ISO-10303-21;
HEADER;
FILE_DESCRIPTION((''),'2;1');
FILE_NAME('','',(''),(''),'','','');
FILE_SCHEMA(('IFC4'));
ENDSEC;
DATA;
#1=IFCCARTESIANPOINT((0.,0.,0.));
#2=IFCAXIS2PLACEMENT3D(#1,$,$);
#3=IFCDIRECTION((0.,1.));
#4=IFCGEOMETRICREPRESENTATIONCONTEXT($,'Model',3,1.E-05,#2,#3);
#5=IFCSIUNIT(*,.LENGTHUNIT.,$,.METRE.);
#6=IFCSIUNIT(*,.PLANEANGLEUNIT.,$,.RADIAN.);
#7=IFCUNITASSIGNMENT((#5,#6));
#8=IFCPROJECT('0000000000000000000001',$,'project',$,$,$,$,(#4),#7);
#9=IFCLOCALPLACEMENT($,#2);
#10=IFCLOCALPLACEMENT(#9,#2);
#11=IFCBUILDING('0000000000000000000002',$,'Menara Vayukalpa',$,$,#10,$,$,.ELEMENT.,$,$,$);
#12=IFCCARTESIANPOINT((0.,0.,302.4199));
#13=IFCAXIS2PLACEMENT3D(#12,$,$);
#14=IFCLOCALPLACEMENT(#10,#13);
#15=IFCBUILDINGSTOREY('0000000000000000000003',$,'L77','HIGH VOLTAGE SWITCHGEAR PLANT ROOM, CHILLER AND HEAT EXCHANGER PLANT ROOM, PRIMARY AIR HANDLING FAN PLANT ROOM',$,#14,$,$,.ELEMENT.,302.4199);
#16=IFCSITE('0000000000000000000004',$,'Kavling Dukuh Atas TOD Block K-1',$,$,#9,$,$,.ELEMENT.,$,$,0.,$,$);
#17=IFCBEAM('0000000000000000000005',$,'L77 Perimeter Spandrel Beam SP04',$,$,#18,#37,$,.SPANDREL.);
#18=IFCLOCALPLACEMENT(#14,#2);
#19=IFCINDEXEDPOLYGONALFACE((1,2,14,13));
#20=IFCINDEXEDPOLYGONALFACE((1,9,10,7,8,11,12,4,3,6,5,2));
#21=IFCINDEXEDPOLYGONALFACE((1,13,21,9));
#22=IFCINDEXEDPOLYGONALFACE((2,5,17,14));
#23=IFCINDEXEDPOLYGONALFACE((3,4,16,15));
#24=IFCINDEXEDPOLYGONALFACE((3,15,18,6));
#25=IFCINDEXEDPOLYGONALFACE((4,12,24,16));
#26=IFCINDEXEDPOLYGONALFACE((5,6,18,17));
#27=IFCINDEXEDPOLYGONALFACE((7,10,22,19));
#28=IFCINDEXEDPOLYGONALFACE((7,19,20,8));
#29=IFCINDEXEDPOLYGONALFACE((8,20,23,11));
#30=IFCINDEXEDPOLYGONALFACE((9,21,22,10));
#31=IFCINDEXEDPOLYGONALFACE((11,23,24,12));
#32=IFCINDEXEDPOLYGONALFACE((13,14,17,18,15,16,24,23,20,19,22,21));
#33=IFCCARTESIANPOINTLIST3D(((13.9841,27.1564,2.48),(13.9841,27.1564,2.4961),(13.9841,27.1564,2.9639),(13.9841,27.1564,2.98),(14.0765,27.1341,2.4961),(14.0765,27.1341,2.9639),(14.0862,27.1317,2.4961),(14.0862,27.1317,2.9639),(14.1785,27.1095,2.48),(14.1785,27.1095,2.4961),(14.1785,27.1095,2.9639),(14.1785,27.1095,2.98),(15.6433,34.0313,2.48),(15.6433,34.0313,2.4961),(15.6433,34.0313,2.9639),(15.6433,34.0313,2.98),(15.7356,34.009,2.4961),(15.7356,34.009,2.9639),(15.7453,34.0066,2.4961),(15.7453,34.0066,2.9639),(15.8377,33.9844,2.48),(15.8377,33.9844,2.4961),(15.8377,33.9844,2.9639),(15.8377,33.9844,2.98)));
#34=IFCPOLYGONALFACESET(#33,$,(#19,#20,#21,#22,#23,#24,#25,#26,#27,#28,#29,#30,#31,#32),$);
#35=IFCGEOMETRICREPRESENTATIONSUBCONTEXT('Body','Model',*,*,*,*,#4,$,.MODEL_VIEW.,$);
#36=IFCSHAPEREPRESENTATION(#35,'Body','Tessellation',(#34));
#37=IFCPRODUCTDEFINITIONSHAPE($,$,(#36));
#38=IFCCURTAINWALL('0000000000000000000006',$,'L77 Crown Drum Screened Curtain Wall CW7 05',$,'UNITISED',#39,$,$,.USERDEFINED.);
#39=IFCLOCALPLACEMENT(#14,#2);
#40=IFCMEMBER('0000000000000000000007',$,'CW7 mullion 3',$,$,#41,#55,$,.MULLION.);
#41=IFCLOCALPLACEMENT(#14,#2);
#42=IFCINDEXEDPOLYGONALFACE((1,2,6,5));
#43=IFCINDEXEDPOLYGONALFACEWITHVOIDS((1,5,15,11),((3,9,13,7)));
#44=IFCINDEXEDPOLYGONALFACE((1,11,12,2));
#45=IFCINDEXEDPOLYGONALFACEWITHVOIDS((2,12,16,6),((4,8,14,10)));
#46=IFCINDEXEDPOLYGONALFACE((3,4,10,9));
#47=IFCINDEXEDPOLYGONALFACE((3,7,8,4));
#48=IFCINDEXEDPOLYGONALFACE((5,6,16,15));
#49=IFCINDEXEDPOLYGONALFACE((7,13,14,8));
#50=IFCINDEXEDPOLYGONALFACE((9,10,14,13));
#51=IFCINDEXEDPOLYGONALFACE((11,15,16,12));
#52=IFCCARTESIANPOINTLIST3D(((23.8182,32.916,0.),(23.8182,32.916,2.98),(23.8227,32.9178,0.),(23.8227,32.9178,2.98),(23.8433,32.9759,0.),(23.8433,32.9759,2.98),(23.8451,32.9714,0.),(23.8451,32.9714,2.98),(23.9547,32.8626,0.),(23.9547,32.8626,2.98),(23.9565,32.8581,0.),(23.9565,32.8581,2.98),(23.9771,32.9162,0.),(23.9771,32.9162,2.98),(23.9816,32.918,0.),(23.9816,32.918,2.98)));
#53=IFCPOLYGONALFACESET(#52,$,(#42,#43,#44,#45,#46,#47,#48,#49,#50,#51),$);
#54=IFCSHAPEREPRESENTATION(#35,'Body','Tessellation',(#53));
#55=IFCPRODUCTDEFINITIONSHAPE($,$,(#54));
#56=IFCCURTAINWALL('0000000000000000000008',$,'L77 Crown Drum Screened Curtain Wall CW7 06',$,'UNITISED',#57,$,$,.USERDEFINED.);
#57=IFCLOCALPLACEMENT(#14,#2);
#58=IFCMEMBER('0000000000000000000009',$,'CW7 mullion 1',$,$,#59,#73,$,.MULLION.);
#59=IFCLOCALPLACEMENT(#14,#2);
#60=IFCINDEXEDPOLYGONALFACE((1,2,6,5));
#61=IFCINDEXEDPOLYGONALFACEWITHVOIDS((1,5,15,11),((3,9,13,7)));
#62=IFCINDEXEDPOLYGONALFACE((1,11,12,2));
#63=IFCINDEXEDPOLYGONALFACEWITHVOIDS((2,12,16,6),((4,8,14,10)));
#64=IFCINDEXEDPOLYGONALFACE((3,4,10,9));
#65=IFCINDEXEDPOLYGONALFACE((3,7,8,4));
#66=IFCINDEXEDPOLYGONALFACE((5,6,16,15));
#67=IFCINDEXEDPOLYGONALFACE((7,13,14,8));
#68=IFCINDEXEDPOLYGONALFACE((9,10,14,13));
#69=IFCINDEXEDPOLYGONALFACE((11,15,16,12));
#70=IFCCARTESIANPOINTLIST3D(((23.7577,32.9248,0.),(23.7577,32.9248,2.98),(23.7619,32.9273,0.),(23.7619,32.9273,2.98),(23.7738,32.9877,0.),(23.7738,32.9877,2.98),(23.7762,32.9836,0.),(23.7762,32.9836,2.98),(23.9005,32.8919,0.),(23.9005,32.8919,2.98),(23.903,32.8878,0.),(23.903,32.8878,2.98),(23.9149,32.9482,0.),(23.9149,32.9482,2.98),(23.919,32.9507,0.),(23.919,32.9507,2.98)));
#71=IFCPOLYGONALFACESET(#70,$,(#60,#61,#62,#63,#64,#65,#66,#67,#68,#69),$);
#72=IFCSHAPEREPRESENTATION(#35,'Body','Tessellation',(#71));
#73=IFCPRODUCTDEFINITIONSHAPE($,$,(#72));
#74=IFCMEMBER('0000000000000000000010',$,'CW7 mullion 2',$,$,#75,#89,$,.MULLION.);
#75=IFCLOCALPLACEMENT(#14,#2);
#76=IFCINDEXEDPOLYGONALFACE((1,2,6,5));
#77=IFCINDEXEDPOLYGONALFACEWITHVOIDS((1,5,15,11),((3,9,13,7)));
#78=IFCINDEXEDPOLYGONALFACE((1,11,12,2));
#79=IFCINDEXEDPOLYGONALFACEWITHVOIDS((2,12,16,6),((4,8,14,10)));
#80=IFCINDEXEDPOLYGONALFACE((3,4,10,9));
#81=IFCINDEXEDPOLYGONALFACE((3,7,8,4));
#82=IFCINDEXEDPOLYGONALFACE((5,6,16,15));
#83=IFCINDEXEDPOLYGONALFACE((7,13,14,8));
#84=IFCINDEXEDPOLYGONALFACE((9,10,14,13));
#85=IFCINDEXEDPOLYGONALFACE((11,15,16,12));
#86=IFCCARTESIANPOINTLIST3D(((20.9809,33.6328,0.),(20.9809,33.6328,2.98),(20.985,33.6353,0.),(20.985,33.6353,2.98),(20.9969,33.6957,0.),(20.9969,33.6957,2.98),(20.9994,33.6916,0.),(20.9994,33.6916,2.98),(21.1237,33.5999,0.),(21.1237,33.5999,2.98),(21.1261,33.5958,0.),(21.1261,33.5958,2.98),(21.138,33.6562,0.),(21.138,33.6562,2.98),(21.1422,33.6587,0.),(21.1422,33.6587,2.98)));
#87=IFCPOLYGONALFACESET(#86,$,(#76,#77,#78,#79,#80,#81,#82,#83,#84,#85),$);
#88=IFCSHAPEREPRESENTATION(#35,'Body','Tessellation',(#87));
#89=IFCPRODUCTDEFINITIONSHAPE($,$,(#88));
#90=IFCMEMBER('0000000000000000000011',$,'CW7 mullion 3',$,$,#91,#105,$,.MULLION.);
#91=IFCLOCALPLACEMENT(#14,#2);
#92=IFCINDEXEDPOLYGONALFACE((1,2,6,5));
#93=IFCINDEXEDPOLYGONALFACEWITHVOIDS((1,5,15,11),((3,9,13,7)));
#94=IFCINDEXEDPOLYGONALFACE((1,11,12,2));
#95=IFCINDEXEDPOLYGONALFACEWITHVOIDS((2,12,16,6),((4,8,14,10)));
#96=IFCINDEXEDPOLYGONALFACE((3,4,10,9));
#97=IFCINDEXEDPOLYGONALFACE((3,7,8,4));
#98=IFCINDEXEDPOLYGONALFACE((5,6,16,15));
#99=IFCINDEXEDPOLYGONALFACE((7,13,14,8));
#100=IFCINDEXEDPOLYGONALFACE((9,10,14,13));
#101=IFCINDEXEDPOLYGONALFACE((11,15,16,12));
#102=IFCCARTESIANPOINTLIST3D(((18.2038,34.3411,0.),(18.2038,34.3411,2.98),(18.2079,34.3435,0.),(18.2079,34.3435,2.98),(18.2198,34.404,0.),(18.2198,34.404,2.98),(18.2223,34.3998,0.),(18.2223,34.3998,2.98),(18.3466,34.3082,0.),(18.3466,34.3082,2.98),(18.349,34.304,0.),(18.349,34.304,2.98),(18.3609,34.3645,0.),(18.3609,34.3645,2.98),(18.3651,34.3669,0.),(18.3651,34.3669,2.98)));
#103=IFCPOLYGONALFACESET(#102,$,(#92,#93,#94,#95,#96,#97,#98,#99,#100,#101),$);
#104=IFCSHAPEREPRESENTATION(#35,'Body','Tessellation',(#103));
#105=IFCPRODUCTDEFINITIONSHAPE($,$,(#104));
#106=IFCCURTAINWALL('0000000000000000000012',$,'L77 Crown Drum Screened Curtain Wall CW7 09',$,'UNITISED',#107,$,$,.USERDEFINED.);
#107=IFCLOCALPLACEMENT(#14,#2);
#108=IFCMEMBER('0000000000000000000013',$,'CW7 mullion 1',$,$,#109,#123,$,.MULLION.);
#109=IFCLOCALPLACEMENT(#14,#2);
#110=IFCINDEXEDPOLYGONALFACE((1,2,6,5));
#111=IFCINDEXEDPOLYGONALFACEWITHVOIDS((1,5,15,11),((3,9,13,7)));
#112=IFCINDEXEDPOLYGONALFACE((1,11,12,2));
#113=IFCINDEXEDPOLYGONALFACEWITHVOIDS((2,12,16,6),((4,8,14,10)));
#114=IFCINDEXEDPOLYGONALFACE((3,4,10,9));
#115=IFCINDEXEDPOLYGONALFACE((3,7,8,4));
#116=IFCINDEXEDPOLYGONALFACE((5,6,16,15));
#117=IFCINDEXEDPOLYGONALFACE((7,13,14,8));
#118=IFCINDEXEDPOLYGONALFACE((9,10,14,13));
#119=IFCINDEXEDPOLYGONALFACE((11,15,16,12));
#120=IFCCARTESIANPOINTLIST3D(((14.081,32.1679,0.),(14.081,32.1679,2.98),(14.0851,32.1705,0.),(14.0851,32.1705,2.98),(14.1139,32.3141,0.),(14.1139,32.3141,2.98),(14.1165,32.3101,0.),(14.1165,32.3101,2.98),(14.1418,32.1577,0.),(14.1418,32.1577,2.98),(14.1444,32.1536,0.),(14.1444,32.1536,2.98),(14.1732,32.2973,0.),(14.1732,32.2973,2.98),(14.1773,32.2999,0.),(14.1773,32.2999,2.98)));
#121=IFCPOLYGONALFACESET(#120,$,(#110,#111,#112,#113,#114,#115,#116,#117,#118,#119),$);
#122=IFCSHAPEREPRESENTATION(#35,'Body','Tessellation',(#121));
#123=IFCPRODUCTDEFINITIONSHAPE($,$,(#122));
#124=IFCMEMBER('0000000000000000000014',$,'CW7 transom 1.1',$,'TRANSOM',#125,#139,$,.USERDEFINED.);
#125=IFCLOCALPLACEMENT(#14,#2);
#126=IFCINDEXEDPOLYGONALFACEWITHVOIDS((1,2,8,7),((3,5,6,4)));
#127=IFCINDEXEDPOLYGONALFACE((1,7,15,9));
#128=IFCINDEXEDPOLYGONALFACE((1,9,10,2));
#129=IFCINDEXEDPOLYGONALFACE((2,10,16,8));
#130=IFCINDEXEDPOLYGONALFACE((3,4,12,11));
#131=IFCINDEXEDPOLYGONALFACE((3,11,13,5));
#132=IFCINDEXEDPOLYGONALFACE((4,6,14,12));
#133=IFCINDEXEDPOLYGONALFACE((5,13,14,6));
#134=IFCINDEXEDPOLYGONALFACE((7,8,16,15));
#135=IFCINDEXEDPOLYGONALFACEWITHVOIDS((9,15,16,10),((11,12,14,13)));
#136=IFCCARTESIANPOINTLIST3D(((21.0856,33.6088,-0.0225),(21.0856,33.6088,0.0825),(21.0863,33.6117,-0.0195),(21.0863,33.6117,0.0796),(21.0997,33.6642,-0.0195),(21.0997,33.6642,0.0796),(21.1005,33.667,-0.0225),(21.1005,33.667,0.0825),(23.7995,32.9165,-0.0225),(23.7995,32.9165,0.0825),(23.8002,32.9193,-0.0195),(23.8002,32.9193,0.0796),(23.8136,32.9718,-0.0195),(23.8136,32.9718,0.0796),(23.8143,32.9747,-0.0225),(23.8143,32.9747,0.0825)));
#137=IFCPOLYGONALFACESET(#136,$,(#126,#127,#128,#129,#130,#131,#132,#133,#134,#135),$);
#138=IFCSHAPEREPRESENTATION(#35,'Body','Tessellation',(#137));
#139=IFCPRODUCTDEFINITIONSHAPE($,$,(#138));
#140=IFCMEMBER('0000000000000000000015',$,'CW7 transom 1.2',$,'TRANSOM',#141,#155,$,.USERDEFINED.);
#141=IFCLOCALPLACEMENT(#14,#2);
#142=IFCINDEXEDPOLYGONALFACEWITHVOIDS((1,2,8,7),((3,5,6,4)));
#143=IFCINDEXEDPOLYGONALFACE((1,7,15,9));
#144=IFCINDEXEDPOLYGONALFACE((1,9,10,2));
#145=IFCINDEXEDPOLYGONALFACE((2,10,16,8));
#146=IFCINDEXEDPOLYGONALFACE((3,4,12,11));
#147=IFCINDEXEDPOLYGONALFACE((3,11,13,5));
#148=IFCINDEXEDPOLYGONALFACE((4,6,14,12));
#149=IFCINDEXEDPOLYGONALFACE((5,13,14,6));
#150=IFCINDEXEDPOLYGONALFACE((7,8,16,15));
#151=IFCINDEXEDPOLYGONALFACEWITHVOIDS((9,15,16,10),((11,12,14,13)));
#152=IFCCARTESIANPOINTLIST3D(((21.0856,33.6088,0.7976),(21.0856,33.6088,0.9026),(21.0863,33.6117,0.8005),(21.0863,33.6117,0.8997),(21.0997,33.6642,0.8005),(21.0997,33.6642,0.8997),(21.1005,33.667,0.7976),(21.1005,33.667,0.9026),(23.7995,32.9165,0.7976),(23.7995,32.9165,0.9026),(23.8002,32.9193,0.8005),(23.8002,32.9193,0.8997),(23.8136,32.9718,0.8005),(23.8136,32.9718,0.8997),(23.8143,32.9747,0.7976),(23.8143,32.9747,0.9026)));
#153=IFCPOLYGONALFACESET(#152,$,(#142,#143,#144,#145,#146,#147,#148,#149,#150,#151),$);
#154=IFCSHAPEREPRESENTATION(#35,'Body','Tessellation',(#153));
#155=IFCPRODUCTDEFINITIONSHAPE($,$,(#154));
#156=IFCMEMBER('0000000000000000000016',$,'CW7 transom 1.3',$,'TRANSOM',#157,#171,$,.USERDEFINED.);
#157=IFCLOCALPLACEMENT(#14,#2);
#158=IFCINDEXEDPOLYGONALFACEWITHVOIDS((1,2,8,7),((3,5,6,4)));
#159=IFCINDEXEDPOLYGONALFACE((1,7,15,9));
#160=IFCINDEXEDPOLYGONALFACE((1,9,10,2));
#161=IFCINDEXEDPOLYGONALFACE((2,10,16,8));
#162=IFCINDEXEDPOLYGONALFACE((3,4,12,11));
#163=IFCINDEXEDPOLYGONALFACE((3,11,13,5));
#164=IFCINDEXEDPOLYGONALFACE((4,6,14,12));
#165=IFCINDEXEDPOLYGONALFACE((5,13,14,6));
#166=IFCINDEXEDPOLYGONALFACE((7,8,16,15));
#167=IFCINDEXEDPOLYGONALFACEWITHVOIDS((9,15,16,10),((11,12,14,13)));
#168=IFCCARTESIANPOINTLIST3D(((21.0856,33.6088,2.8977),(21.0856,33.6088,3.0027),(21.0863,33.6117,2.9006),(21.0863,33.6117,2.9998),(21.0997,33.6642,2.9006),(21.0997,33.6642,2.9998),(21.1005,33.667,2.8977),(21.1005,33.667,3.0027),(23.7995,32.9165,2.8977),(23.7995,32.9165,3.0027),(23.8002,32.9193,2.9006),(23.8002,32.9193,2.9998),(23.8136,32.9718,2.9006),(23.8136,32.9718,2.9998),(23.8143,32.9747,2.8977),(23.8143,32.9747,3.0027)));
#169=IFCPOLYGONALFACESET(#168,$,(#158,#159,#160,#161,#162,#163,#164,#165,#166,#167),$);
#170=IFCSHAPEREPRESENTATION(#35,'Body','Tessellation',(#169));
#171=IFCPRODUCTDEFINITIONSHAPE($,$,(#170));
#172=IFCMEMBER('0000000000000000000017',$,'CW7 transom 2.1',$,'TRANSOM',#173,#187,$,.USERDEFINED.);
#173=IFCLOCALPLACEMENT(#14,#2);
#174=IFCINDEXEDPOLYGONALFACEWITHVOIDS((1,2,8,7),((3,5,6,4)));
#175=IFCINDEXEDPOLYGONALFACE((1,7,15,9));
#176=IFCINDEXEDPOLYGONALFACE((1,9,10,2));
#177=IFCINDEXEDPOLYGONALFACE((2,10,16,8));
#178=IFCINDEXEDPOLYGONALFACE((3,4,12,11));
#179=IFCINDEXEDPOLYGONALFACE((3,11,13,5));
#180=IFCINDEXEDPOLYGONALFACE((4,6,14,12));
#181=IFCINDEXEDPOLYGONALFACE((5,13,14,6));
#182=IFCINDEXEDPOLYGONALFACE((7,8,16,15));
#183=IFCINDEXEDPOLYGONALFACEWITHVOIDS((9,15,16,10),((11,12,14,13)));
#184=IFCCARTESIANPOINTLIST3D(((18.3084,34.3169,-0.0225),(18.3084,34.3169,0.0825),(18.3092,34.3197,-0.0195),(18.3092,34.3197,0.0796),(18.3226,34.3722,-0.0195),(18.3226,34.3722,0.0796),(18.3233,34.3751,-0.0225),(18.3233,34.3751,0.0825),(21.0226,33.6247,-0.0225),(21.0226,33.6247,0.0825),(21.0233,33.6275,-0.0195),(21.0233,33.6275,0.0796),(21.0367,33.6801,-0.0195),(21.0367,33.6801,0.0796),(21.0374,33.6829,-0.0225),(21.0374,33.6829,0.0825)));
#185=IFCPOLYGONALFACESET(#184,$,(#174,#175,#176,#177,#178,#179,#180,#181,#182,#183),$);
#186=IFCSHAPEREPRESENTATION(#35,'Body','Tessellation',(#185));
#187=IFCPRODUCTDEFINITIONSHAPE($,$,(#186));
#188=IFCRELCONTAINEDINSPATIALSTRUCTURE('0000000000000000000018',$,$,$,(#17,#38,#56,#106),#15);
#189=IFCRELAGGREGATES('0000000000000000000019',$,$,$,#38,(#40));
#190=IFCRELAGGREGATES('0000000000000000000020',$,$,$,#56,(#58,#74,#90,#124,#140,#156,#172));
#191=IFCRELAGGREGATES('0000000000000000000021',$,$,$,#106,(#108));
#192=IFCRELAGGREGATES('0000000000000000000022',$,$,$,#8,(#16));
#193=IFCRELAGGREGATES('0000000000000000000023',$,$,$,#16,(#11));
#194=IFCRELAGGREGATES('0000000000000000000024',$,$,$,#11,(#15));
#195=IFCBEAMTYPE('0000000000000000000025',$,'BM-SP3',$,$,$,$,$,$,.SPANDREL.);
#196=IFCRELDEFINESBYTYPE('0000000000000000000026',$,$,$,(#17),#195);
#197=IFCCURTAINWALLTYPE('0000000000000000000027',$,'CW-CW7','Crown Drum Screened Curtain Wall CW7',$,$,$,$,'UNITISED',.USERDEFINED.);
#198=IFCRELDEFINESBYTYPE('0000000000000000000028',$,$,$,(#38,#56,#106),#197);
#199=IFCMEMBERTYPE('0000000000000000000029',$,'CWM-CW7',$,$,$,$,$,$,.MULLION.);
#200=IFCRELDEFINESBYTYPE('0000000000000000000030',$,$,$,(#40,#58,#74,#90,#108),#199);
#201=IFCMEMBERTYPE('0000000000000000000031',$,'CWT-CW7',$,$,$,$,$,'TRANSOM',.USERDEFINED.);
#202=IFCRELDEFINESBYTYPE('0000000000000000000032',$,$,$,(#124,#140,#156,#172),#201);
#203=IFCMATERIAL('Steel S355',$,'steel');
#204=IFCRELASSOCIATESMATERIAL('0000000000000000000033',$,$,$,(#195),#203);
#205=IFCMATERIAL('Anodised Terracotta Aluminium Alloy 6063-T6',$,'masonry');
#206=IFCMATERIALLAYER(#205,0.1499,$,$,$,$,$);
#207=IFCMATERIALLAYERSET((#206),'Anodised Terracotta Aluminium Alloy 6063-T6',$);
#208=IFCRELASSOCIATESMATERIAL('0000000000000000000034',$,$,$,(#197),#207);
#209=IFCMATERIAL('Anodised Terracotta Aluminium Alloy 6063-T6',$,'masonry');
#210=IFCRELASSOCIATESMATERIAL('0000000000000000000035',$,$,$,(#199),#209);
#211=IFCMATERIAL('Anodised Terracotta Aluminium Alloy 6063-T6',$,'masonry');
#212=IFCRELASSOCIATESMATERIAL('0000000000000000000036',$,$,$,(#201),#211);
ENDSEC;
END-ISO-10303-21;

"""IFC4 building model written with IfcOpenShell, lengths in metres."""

from ifc_helpers import new_model, si_unit, direction, frame, origin, origin_2d, place, context, subcontext, project, spatial, hollow_rectangle, i_section, extrude, material, layer, layer_set, material_profile, profile_set, type_object, element, aggregate, save


model = new_model("IFC4")

# Units and contexts
model_context = context("Model", 3, precision=1e-05, world=origin(), true_north=direction((0.0, 1.0)))
body_context = subcontext(model_context, "Body", "Model", "MODEL_VIEW")
ifc_project = project(units=[si_unit("LENGTHUNIT", "METRE"), si_unit("PLANEANGLEUNIT", "RADIAN")], contexts=[model_context])

# Site, building, storey
site_placement = place(None, origin())
site = spatial("IfcSite", under=ifc_project, at=site_placement, Name="Kavling Dukuh Atas TOD Block K-1", CompositionType="ELEMENT", RefElevation=0.0)
building_placement = place(site_placement, origin())
building = spatial("IfcBuilding", under=site, at=building_placement, Name="Menara Vayukalpa", CompositionType="ELEMENT")
storey_placement = place(building_placement, frame((0.0, 0.0, 302.4199)))
storey = spatial("IfcBuildingStorey", under=building, at=storey_placement, Name="L77", Description="HIGH VOLTAGE SWITCHGEAR PLANT ROOM, CHILLER AND HEAT EXCHANGER PLANT ROOM, PRIMARY AIR HANDLING FAN PLANT ROOM", CompositionType="ELEMENT", Elevation=302.4199)

# Beam
ifc_material_1 = material(Name="Steel S355", Category="steel")
ifc_material_profile_1 = material_profile(ifc_material_1, i_section(OverallWidth=0.2, OverallDepth=0.5, WebThickness=0.01, FlangeThickness=0.0161, at=origin_2d()), Name="WF 500x200x10x16")
ifc_profile_set_1 = profile_set([ifc_material_profile_1], Name="Steel S355")
beam_type_1 = type_object("IfcBeamType", Name="BM-SP3", PredefinedType="SPANDREL", material=ifc_profile_set_1)
beam_1_placement = place(storey_placement, frame((15.7405, 34.0078, 2.73), z_axis=(-0.2346, -0.972092, 0.0), x_axis=(0.972092, -0.2346, 0.0)))
element("IfcBeam", 1, at=beam_1_placement, inside=storey, type_object=beam_type_1, Name="L77 Perimeter Spandrel Beam SP04", PredefinedType="SPANDREL", context=body_context, shape_type="SweptSolid", body=[
    extrude(i_section(OverallWidth=0.2, OverallDepth=0.5, WebThickness=0.01, FlangeThickness=0.0161, at=origin_2d()), origin(), (0.0, 0.0, 1.0), 7.0723),
])

# Curtain wall, member
ifc_material_2 = material(Name="Anodised Terracotta Aluminium Alloy 6063-T6", Category="masonry")
ifc_layer_1 = layer(ifc_material_2, 0.1499)
ifc_layer_set_1 = layer_set([ifc_layer_1], Name="Anodised Terracotta Aluminium Alloy 6063-T6")
curtain_wall_type = type_object("IfcCurtainWallType", Name="CW-CW7", Description="Crown Drum Screened Curtain Wall CW7", ElementType="UNITISED", PredefinedType="USERDEFINED", material=ifc_layer_set_1)
curtain_wall_1_placement = place(storey_placement, origin())
curtain_wall_1 = element("IfcCurtainWall", 2, at=curtain_wall_1_placement, inside=storey, type_object=curtain_wall_type, Name="L77 Crown Drum Screened Curtain Wall CW7 05", ObjectType="UNITISED", PredefinedType="USERDEFINED")
ifc_material_3 = material(Name="Anodised Terracotta Aluminium Alloy 6063-T6", Category="masonry")
ifc_material_profile_2 = material_profile(ifc_material_3, hollow_rectangle(XDim=0.0649, YDim=0.1499, WallThickness=0.0034, at=origin_2d()), Name="ALU 65x150x3.5")
ifc_profile_set_2 = profile_set([ifc_material_profile_2], Name="Anodised Terracotta Aluminium Alloy 6063-T6")
member_type_1 = type_object("IfcMemberType", Name="CWM-CW7", PredefinedType="MULLION", material=ifc_profile_set_2)
member_1_placement = place(storey_placement, frame((23.8999, 32.917, 0.0), z_axis=(0.0, 0.0, 1.0), x_axis=(-0.385898, -0.922541, 0.0)))
member_1 = element("IfcMember", 3, at=member_1_placement, type_object=member_type_1, Name="CW7 mullion 3", PredefinedType="MULLION", context=body_context, shape_type="SweptSolid", body=[
    extrude(hollow_rectangle(XDim=0.0649, YDim=0.1499, WallThickness=0.0034, at=origin_2d()), origin(), (0.0, 0.0, 1.0), 2.98),
])
aggregate(curtain_wall_1, [member_1])

# Curtain wall, members
curtain_wall_2_placement = place(storey_placement, origin())
curtain_wall_2 = element("IfcCurtainWall", 4, at=curtain_wall_2_placement, inside=storey, type_object=curtain_wall_type, Name="L77 Crown Drum Screened Curtain Wall CW7 06", ObjectType="UNITISED", PredefinedType="USERDEFINED")
member_2_placement = place(storey_placement, frame((23.8384, 32.9377, 0.0), z_axis=(0.0, 0.0, 1.0), x_axis=(-0.247124, -0.968984, 0.0)))
member_2 = element("IfcMember", 5, at=member_2_placement, type_object=member_type_1, Name="CW7 mullion 1", PredefinedType="MULLION", context=body_context, shape_type="SweptSolid", body=[
    extrude(hollow_rectangle(XDim=0.0649, YDim=0.1499, WallThickness=0.0034, at=origin_2d()), origin(), (0.0, 0.0, 1.0), 2.98),
])
member_3_placement = place(storey_placement, frame((21.0615, 33.6458, 0.0), z_axis=(0.0, 0.0, 1.0), x_axis=(-0.247124, -0.968984, 0.0)))
member_3 = element("IfcMember", 6, at=member_3_placement, type_object=member_type_1, Name="CW7 mullion 2", PredefinedType="MULLION", context=body_context, shape_type="SweptSolid", body=[
    extrude(hollow_rectangle(XDim=0.0649, YDim=0.1499, WallThickness=0.0034, at=origin_2d()), origin(), (0.0, 0.0, 1.0), 2.98),
])
member_4_placement = place(storey_placement, frame((18.2844, 34.354, 0.0), z_axis=(0.0, 0.0, 1.0), x_axis=(-0.247124, -0.968984, 0.0)))
member_4 = element("IfcMember", 7, at=member_4_placement, type_object=member_type_1, Name="CW7 mullion 3", PredefinedType="MULLION", context=body_context, shape_type="SweptSolid", body=[
    extrude(hollow_rectangle(XDim=0.0649, YDim=0.1499, WallThickness=0.0034, at=origin_2d()), origin(), (0.0, 0.0, 1.0), 2.98),
])

# Curtain wall, member
curtain_wall_3_placement = place(storey_placement, origin())
curtain_wall_3 = element("IfcCurtainWall", 8, at=curtain_wall_3_placement, inside=storey, type_object=curtain_wall_type, Name="L77 Crown Drum Screened Curtain Wall CW7 09", ObjectType="UNITISED", PredefinedType="USERDEFINED")
member_5_placement = place(storey_placement, frame((14.1292, 32.2339, 0.0), z_axis=(0.0, 0.0, 1.0), x_axis=(0.975609, -0.219516, 0.0)))
member_5 = element("IfcMember", 9, at=member_5_placement, type_object=member_type_1, Name="CW7 mullion 1", PredefinedType="MULLION", context=body_context, shape_type="SweptSolid", body=[
    extrude(hollow_rectangle(XDim=0.0649, YDim=0.1499, WallThickness=0.0034, at=origin_2d()), origin(), (0.0, 0.0, 1.0), 2.98),
])

# Members
ifc_material_4 = material(Name="Anodised Terracotta Aluminium Alloy 6063-T6", Category="masonry")
ifc_material_profile_3 = material_profile(ifc_material_4, hollow_rectangle(XDim=0.0601, YDim=0.105, WallThickness=0.0029, at=origin_2d()), Name="ALU 60x105x3")
ifc_profile_set_3 = profile_set([ifc_material_profile_3], Name="Anodised Terracotta Aluminium Alloy 6063-T6")
member_type_2 = type_object("IfcMemberType", Name="CWT-CW7", ElementType="TRANSOM", PredefinedType="USERDEFINED", material=ifc_profile_set_3)
member_6_placement = place(storey_placement, frame((23.8069, 32.9456, 0.03), z_axis=(-0.968962, 0.247209, 0.0), x_axis=(-0.247209, -0.968962, 0.0)))
member_6 = element("IfcMember", 10, at=member_6_placement, type_object=member_type_2, Name="CW7 transom 1.1", ObjectType="TRANSOM", PredefinedType="USERDEFINED", context=body_context, shape_type="SweptSolid", body=[
    extrude(hollow_rectangle(XDim=0.0601, YDim=0.105, WallThickness=0.0029, at=origin_2d()), origin(), (0.0, 0.0, 1.0), 2.8008),
])
member_7_placement = place(storey_placement, frame((23.8069, 32.9456, 0.8501), z_axis=(-0.968962, 0.247209, 0.0), x_axis=(-0.247209, -0.968962, 0.0)))
member_7 = element("IfcMember", 11, at=member_7_placement, type_object=member_type_2, Name="CW7 transom 1.2", ObjectType="TRANSOM", PredefinedType="USERDEFINED", context=body_context, shape_type="SweptSolid", body=[
    extrude(hollow_rectangle(XDim=0.0601, YDim=0.105, WallThickness=0.0029, at=origin_2d()), origin(), (0.0, 0.0, 1.0), 2.8008),
])
member_8_placement = place(storey_placement, frame((23.8069, 32.9456, 2.9502), z_axis=(-0.968962, 0.247209, 0.0), x_axis=(-0.247209, -0.968962, 0.0)))
member_8 = element("IfcMember", 12, at=member_8_placement, type_object=member_type_2, Name="CW7 transom 1.3", ObjectType="TRANSOM", PredefinedType="USERDEFINED", context=body_context, shape_type="SweptSolid", body=[
    extrude(hollow_rectangle(XDim=0.0601, YDim=0.105, WallThickness=0.0029, at=origin_2d()), origin(), (0.0, 0.0, 1.0), 2.8008),
])
member_9_placement = place(storey_placement, frame((21.03, 33.6538, 0.03), z_axis=(-0.968988, 0.247106, 0.0), x_axis=(-0.247106, -0.968988, 0.0)))
member_9 = element("IfcMember", 13, at=member_9_placement, type_object=member_type_2, Name="CW7 transom 2.1", ObjectType="TRANSOM", PredefinedType="USERDEFINED", context=body_context, shape_type="SweptSolid", body=[
    extrude(hollow_rectangle(XDim=0.0601, YDim=0.105, WallThickness=0.0029, at=origin_2d()), origin(), (0.0, 0.0, 1.0), 2.801),
])

aggregate(curtain_wall_2, [member_2, member_3, member_4, member_6, member_7, member_8, member_9])
aggregate(curtain_wall_3, [member_5])

save(model, "model.ifc")
